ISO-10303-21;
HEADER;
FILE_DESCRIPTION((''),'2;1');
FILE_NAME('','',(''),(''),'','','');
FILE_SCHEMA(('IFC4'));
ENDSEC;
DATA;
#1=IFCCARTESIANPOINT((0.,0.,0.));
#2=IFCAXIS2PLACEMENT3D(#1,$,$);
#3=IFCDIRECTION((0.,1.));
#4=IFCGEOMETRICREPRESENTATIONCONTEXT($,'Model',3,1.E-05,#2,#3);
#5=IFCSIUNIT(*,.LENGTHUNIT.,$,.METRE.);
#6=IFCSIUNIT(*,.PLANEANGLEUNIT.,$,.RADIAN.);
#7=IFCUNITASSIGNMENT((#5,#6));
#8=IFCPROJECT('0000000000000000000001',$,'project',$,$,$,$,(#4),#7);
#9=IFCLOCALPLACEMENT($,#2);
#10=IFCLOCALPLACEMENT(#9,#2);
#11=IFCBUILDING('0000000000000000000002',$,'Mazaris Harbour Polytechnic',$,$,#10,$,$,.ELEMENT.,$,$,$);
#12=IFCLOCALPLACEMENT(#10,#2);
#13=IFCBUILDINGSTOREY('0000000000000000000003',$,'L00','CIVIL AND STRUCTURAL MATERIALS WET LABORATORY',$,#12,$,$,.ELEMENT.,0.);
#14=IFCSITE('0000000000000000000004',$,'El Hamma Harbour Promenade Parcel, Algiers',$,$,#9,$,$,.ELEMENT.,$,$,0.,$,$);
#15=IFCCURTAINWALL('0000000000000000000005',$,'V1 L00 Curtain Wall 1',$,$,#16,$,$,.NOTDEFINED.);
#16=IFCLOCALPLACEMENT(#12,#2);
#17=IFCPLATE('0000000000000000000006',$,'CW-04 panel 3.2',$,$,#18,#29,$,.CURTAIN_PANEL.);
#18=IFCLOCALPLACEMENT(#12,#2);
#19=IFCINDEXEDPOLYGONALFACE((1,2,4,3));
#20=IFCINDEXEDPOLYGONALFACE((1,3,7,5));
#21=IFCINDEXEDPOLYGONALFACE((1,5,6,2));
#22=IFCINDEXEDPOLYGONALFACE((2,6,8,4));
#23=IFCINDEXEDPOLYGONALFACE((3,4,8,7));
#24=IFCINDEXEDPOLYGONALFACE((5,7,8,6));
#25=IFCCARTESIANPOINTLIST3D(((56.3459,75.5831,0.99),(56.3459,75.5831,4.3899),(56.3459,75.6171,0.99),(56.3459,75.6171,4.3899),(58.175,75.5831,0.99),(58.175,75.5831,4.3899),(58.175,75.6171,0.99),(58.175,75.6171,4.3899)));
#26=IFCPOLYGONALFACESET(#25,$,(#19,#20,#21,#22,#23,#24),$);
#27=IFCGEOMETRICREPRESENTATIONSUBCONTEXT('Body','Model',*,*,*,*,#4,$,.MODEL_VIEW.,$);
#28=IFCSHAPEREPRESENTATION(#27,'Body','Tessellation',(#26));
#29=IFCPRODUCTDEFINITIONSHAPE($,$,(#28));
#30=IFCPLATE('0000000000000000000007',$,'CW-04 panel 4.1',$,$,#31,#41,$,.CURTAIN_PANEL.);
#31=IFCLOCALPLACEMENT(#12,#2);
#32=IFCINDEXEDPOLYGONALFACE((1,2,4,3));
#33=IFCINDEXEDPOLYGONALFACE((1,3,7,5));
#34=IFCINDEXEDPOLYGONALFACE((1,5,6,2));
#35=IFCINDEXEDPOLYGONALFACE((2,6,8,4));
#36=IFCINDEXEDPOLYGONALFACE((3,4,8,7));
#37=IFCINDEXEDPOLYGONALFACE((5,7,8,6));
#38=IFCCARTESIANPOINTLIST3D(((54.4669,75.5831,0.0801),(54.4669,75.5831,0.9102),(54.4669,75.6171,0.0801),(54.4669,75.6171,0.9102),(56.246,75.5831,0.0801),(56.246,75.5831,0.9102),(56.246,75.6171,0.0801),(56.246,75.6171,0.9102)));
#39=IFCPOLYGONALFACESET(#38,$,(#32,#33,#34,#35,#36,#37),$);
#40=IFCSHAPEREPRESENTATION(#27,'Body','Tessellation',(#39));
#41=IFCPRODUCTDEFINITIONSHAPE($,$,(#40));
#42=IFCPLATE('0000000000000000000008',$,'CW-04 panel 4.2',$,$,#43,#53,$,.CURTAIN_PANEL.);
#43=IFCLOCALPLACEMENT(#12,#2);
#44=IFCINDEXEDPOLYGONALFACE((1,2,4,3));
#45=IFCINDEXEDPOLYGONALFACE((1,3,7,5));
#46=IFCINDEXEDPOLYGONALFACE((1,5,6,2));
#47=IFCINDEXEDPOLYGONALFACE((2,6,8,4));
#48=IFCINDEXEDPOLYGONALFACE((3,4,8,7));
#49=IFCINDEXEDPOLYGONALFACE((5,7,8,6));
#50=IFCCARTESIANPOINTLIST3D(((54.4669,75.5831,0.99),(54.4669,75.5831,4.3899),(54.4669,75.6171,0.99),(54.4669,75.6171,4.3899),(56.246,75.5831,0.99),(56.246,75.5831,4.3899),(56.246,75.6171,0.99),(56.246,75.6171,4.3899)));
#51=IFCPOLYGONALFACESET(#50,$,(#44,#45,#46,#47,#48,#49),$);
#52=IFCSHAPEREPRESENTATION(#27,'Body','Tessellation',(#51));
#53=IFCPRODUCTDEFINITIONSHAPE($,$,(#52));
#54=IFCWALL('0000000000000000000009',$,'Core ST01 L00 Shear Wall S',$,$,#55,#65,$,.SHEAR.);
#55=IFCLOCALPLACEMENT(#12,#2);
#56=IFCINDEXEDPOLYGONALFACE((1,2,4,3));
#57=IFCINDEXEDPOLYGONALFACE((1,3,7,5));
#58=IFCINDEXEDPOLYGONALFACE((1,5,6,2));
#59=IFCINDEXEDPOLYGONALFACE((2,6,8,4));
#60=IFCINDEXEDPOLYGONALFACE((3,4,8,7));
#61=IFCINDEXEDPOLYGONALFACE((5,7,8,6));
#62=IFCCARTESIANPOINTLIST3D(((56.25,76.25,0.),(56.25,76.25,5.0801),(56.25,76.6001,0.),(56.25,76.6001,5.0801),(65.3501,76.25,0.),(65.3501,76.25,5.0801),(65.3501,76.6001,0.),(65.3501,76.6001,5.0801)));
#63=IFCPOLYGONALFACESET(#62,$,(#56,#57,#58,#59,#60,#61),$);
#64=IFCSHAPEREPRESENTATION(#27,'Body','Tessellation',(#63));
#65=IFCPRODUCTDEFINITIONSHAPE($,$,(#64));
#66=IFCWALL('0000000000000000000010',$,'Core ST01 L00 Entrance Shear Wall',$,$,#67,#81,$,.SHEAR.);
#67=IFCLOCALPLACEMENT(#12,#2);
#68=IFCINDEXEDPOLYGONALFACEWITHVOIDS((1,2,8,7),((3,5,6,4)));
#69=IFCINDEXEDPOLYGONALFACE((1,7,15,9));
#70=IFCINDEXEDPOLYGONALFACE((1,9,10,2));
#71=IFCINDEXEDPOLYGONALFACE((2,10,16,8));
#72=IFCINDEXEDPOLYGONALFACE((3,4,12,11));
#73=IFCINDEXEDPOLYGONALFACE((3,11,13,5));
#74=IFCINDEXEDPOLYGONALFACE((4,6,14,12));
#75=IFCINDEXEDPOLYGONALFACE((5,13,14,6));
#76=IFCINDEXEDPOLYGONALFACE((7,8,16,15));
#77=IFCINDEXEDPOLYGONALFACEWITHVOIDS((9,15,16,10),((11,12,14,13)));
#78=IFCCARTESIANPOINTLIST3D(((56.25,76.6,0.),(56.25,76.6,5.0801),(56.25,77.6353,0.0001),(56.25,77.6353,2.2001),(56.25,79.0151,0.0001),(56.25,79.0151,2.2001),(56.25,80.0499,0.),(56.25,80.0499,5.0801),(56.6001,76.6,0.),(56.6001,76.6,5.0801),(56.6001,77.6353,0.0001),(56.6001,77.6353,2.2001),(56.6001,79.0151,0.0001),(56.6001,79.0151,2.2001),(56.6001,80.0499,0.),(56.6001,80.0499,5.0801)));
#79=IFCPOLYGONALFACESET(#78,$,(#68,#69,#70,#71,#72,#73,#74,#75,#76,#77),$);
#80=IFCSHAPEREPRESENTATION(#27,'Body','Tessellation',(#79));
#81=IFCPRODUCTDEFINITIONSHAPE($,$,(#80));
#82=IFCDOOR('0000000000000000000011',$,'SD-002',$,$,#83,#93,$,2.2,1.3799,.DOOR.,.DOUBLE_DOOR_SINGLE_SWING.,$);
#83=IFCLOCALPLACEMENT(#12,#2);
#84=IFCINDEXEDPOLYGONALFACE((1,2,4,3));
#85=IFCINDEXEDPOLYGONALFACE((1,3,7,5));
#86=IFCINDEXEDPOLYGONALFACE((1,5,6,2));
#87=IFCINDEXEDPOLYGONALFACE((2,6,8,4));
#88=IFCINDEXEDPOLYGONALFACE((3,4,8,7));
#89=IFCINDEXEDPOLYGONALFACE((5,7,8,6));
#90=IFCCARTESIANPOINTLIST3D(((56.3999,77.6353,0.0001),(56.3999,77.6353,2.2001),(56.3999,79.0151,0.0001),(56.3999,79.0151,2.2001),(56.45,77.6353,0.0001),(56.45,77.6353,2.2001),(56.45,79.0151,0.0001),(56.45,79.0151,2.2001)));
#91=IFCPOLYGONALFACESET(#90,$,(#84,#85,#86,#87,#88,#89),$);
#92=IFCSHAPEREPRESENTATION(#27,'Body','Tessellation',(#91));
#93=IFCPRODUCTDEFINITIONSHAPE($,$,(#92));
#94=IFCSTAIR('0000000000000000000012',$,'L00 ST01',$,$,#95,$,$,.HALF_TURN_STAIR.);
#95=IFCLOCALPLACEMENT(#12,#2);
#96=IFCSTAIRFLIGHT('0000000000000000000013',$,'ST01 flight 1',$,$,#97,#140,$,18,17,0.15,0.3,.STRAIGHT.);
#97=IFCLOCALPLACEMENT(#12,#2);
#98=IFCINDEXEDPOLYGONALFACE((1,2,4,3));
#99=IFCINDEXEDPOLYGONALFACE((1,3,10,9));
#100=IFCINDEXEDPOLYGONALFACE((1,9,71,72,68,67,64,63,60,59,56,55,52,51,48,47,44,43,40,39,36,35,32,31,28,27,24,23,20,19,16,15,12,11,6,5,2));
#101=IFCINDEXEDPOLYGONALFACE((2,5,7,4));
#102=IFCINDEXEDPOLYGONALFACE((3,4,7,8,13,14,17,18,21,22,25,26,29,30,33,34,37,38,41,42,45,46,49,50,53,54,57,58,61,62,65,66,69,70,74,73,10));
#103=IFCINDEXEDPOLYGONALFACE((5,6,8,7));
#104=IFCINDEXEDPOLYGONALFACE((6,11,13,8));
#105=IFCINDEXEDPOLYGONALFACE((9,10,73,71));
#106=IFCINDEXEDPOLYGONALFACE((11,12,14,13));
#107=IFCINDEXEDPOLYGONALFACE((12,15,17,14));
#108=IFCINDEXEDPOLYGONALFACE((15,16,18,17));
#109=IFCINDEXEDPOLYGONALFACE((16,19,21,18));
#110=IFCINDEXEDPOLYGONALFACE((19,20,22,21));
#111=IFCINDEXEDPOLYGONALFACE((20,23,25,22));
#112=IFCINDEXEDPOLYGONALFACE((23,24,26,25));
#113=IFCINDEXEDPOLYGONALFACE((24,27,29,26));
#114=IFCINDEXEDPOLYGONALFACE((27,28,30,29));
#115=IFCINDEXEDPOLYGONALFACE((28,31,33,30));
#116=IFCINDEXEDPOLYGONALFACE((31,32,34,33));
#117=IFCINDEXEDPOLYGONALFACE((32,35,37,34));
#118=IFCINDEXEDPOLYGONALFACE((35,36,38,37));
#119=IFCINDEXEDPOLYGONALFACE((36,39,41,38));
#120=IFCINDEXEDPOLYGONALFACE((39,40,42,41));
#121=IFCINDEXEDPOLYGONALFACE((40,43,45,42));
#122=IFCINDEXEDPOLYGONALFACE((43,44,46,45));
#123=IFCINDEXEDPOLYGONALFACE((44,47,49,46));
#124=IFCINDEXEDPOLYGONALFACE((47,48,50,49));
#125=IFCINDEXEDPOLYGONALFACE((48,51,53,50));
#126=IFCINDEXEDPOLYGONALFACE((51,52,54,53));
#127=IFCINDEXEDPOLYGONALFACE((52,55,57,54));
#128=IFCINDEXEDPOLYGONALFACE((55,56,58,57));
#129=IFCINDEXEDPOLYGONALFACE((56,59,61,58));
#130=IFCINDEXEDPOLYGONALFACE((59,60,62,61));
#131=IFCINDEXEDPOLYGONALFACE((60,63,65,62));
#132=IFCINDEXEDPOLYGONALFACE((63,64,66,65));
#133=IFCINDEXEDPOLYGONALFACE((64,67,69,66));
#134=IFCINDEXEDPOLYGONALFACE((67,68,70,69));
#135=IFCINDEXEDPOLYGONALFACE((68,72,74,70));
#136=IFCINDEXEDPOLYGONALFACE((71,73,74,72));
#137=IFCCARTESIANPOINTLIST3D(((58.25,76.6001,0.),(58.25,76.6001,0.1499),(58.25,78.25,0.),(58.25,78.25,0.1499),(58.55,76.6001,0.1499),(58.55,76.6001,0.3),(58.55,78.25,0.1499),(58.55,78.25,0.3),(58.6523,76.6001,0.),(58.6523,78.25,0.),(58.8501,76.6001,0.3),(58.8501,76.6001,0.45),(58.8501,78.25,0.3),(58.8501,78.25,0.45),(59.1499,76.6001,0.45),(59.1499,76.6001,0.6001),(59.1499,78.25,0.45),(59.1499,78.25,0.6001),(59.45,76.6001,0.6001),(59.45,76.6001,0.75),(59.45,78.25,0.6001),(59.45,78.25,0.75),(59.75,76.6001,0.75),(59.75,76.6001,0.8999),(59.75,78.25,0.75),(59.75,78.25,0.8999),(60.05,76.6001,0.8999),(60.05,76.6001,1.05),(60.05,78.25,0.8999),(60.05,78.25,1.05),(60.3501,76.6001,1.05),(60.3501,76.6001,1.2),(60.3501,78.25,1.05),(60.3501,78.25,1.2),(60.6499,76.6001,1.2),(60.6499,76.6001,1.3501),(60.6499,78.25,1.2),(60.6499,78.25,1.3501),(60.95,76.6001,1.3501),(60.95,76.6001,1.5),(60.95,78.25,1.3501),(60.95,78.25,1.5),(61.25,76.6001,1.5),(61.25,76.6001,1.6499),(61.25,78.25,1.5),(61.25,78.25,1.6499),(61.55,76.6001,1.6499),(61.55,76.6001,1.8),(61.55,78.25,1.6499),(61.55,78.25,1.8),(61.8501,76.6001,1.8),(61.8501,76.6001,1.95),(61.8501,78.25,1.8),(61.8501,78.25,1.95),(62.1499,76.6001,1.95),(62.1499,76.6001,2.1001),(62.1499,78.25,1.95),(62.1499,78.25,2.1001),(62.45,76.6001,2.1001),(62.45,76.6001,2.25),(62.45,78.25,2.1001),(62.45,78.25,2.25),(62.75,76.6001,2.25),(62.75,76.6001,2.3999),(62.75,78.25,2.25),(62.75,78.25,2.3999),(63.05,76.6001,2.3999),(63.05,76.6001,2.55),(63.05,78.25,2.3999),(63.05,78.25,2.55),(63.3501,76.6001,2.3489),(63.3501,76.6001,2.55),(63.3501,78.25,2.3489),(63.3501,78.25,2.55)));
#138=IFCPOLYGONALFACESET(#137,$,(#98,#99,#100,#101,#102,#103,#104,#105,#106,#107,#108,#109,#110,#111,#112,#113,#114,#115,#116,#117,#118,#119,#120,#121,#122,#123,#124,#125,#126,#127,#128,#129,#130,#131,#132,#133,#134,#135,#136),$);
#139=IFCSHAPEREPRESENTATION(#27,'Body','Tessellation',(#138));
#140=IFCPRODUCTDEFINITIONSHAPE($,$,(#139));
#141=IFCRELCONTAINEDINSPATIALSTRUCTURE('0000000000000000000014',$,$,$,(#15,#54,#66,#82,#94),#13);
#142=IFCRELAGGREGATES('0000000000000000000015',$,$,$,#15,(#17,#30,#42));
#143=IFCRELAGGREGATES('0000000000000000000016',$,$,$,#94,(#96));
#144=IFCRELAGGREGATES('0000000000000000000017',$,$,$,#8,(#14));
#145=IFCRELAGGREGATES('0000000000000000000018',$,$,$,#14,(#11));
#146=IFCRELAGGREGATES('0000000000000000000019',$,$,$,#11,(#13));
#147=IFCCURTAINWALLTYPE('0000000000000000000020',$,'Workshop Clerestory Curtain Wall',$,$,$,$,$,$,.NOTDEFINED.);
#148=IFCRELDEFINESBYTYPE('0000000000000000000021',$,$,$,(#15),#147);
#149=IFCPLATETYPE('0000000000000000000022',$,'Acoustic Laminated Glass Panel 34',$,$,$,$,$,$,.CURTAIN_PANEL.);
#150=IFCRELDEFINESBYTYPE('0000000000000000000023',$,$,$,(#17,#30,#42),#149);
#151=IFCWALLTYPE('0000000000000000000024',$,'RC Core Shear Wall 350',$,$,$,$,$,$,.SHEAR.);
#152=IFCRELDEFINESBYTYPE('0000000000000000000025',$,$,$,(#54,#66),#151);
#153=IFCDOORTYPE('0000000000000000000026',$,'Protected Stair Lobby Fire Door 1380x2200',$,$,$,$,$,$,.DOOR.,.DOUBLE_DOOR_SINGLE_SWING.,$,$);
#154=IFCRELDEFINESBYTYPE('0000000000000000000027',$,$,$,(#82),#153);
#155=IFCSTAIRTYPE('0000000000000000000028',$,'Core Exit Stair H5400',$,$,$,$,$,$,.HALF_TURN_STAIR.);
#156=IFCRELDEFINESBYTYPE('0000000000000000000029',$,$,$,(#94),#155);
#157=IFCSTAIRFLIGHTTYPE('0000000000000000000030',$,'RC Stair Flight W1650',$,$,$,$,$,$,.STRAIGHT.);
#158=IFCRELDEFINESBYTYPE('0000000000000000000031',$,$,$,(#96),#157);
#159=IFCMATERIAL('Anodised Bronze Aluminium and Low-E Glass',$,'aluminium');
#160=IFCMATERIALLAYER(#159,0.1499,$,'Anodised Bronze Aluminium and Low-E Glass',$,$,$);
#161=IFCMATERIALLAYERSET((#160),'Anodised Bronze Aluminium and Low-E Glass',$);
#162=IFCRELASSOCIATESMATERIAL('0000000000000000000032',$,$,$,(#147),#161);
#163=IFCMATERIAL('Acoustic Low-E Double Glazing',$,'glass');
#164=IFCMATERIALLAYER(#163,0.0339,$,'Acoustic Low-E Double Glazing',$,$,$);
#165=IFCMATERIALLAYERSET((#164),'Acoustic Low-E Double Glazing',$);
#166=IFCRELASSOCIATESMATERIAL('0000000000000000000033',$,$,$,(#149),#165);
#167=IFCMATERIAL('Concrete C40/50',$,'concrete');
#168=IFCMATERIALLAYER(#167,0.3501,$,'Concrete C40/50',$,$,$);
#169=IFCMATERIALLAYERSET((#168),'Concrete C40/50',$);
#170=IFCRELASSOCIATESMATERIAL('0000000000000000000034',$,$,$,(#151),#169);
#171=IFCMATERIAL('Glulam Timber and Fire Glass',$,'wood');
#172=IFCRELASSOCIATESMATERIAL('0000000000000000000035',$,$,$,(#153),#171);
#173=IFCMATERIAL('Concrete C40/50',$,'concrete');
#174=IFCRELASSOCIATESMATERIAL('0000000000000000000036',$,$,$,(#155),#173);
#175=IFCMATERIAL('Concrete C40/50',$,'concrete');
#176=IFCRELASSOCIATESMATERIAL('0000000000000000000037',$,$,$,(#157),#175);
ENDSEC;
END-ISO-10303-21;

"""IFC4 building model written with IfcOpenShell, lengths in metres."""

from ifc_helpers import new_model, si_unit, direction, frame, frame_2d, origin, origin_2d, place, context, subcontext, project, spatial, polyline, rectangle, outline, extrude, material, layer, layer_set, type_object, element, fill, aggregate, save


model = new_model("IFC4")

# Units and contexts
model_context = context("Model", 3, precision=1e-05, world=origin(), true_north=direction((0.0, 1.0)))
body_context = subcontext(model_context, "Body", "Model", "MODEL_VIEW")
ifc_project = project(units=[si_unit("LENGTHUNIT", "METRE"), si_unit("PLANEANGLEUNIT", "RADIAN")], contexts=[model_context])

# Site, building, storey
site_placement = place(None, origin())
site = spatial("IfcSite", under=ifc_project, at=site_placement, Name="El Hamma Harbour Promenade Parcel, Algiers", CompositionType="ELEMENT", RefElevation=0.0)
building_placement = place(site_placement, origin())
building = spatial("IfcBuilding", under=site, at=building_placement, Name="Mazaris Harbour Polytechnic", CompositionType="ELEMENT")
storey_placement = place(building_placement, origin())
storey = spatial("IfcBuildingStorey", under=building, at=storey_placement, Name="L00", Description="CIVIL AND STRUCTURAL MATERIALS WET LABORATORY", CompositionType="ELEMENT", Elevation=0.0)

# Curtain wall
ifc_material_1 = material(Name="Anodised Bronze Aluminium and Low-E Glass", Category="aluminium")
ifc_layer_1 = layer(ifc_material_1, 0.1499, Name="Anodised Bronze Aluminium and Low-E Glass")
ifc_layer_set_1 = layer_set([ifc_layer_1], Name="Anodised Bronze Aluminium and Low-E Glass")
curtain_wall_type = type_object("IfcCurtainWallType", Name="Workshop Clerestory Curtain Wall", PredefinedType="NOTDEFINED", material=ifc_layer_set_1)
curtain_wall_placement = place(storey_placement, origin())
curtain_wall = element("IfcCurtainWall", 1, at=curtain_wall_placement, inside=storey, type_object=curtain_wall_type, Name="V1 L00 Curtain Wall 1", PredefinedType="NOTDEFINED")

# Plates
ifc_material_2 = material(Name="Acoustic Low-E Double Glazing", Category="glass")
ifc_layer_2 = layer(ifc_material_2, 0.0339, Name="Acoustic Low-E Double Glazing")
ifc_layer_set_2 = layer_set([ifc_layer_2], Name="Acoustic Low-E Double Glazing")
plate_type = type_object("IfcPlateType", Name="Acoustic Laminated Glass Panel 34", PredefinedType="CURTAIN_PANEL", material=ifc_layer_set_2)
plate_1_placement = place(storey_placement, frame((57.2605, 75.6001, 0.99), z_axis=(0.0, 0.0, 1.0), x_axis=(-1.0, 0.0, 0.0)))
plate_1 = element("IfcPlate", 2, at=plate_1_placement, type_object=plate_type, Name="CW-04 panel 3.2", PredefinedType="CURTAIN_PANEL", context=body_context, shape_type="SweptSolid", body=[
    extrude(rectangle(XDim=1.8291, YDim=0.0339, at=origin_2d()), origin(), (0.0, 0.0, 1.0), 3.3999),
])
plate_2_placement = place(storey_placement, frame((55.3564, 75.6001, 0.0801), z_axis=(0.0, 0.0, 1.0), x_axis=(-1.0, 0.0, 0.0)))
plate_2 = element("IfcPlate", 3, at=plate_2_placement, type_object=plate_type, Name="CW-04 panel 4.1", PredefinedType="CURTAIN_PANEL", context=body_context, shape_type="SweptSolid", body=[
    extrude(rectangle(XDim=1.7791, YDim=0.0339, at=origin_2d()), origin(), (0.0, 0.0, 1.0), 0.8301),
])
plate_3_placement = place(storey_placement, frame((55.3564, 75.6001, 0.99), z_axis=(0.0, 0.0, 1.0), x_axis=(-1.0, 0.0, 0.0)))
plate_3 = element("IfcPlate", 4, at=plate_3_placement, type_object=plate_type, Name="CW-04 panel 4.2", PredefinedType="CURTAIN_PANEL", context=body_context, shape_type="SweptSolid", body=[
    extrude(rectangle(XDim=1.7791, YDim=0.0339, at=origin_2d()), origin(), (0.0, 0.0, 1.0), 3.3999),
])
aggregate(curtain_wall, [plate_1, plate_2, plate_3])

# Wall
ifc_material_3 = material(Name="Concrete C40/50", Category="concrete")
ifc_layer_3 = layer(ifc_material_3, 0.3501, Name="Concrete C40/50")
ifc_layer_set_3 = layer_set([ifc_layer_3], Name="Concrete C40/50")
wall_type = type_object("IfcWallType", Name="RC Core Shear Wall 350", PredefinedType="SHEAR", material=ifc_layer_set_3)
wall_1_placement = place(storey_placement, frame((56.25, 76.425, 0.0), z_axis=(0.0, 0.0, 1.0), x_axis=(1.0, 0.0, 0.0)))
element("IfcWall", 5, at=wall_1_placement, inside=storey, type_object=wall_type, Name="Core ST01 L00 Shear Wall S", PredefinedType="SHEAR", context=body_context, shape_type="SweptSolid", body=[
    extrude(rectangle(XDim=9.1001, YDim=0.3501, at=frame_2d((4.55, 0.0))), origin(), (0.0, 0.0, 1.0), 5.0801),
])

# Wall, opening, door
wall_2_placement = place(storey_placement, frame((56.425, 80.05, 0.0), z_axis=(0.0, 0.0, 1.0), x_axis=(0.0, -1.0, 0.0)))
wall_2 = element("IfcWall", 6, at=wall_2_placement, inside=storey, type_object=wall_type, Name="Core ST01 L00 Entrance Shear Wall", PredefinedType="SHEAR", context=body_context, shape_type="SweptSolid", body=[
    extrude(rectangle(XDim=3.45, YDim=0.3501, at=frame_2d((1.7251, 0.0))), origin(), (0.0, 0.0, 1.0), 5.0801),
])
opening_placement = place(wall_2_placement, frame((1.0349, 0.0, 0.0)))
opening = element("IfcOpeningElement", 7, at=opening_placement, cuts=wall_2, PredefinedType="OPENING", context=body_context, shape_type="SweptSolid", body=[
    extrude(rectangle(XDim=1.3799, YDim=2.2, at=frame_2d((0.6899, 1.1001))), frame((0.0, 0.1851, 0.0), z_axis=(0.0, -1.0, 0.0), x_axis=(1.0, 0.0, 0.0)), (0.0, 0.0, 1.0), 0.3701),
])
ifc_material_4 = material(Name="Glulam Timber and Fire Glass", Category="wood")
door_type = type_object("IfcDoorType", Name="Protected Stair Lobby Fire Door 1380x2200", OperationType="DOUBLE_DOOR_SINGLE_SWING", PredefinedType="DOOR", material=ifc_material_4)
door_placement = place(opening_placement, origin())
door = element("IfcDoor", 8, at=door_placement, inside=storey, type_object=door_type, Name="SD-002", OperationType="DOUBLE_DOOR_SINGLE_SWING", OverallHeight=2.2, OverallWidth=1.3799, PredefinedType="DOOR", context=body_context, shape_type="SweptSolid", body=[
    extrude(rectangle(XDim=1.3799, YDim=2.2, at=frame_2d((0.6899, 1.1001))), frame((0.0, 0.0249, 0.0), z_axis=(0.0, -1.0, 0.0), x_axis=(1.0, 0.0, 0.0)), (0.0, 0.0, 1.0), 0.05),
])
fill(opening, door)

# Stair, stair flight
ifc_material_5 = material(Name="Concrete C40/50", Category="concrete")
stair_type = type_object("IfcStairType", Name="Core Exit Stair H5400", PredefinedType="HALF_TURN_STAIR", material=ifc_material_5)
stair_placement = place(storey_placement, origin())
stair = element("IfcStair", 9, at=stair_placement, inside=storey, type_object=stair_type, Name="L00 ST01", PredefinedType="HALF_TURN_STAIR")
ifc_material_6 = material(Name="Concrete C40/50", Category="concrete")
stair_flight_type = type_object("IfcStairFlightType", Name="RC Stair Flight W1650", PredefinedType="STRAIGHT", material=ifc_material_6)
stair_flight_placement = place(storey_placement, frame((58.25, 77.425, 0.0), z_axis=(0.0, 0.0, 1.0), x_axis=(1.0, 0.0, 0.0)))
stair_flight = element("IfcStairFlight", 10, at=stair_flight_placement, type_object=stair_flight_type, Name="ST01 flight 1", NumberOfRisers=18, NumberOfTreads=17, PredefinedType="STRAIGHT", RiserHeight=0.15, TreadLength=0.3, context=body_context, shape_type="SweptSolid", body=[
    extrude(outline(polyline([(0.0, 0.0), (0.0, 0.1499), (0.3, 0.1499), (0.3, 0.3), (0.6001, 0.3), (0.6001, 0.45), (0.8999, 0.45), (0.8999, 0.6001), (1.2, 0.6001), (1.2, 0.75), (1.5, 0.75), (1.5, 0.8999), (1.8, 0.8999), (1.8, 1.05), (2.1001, 1.05), (2.1001, 1.2), (2.3999, 1.2), (2.3999, 1.3501), (2.7, 1.3501), (2.7, 1.5), (3.0, 1.5), (3.0, 1.6499), (3.3, 1.6499), (3.3, 1.8), (3.6001, 1.8), (3.6001, 1.95), (3.8999, 1.95), (3.8999, 2.1001), (4.2, 2.1001), (4.2, 2.25), (4.5, 2.25), (4.5, 2.3999), (4.8, 2.3999), (4.8, 2.55), (5.1001, 2.55), (5.1001, 2.7), (5.1001, 2.3489), (0.4023, 0.0), (0.0, 0.0)])), frame((0.0, 0.825, 0.0), z_axis=(0.0, -1.0, 0.0), x_axis=(1.0, 0.0, 0.0)), (0.0, 0.0, 1.0), 1.6499),
])
aggregate(stair, [stair_flight])

save(model, "model.ifc")
